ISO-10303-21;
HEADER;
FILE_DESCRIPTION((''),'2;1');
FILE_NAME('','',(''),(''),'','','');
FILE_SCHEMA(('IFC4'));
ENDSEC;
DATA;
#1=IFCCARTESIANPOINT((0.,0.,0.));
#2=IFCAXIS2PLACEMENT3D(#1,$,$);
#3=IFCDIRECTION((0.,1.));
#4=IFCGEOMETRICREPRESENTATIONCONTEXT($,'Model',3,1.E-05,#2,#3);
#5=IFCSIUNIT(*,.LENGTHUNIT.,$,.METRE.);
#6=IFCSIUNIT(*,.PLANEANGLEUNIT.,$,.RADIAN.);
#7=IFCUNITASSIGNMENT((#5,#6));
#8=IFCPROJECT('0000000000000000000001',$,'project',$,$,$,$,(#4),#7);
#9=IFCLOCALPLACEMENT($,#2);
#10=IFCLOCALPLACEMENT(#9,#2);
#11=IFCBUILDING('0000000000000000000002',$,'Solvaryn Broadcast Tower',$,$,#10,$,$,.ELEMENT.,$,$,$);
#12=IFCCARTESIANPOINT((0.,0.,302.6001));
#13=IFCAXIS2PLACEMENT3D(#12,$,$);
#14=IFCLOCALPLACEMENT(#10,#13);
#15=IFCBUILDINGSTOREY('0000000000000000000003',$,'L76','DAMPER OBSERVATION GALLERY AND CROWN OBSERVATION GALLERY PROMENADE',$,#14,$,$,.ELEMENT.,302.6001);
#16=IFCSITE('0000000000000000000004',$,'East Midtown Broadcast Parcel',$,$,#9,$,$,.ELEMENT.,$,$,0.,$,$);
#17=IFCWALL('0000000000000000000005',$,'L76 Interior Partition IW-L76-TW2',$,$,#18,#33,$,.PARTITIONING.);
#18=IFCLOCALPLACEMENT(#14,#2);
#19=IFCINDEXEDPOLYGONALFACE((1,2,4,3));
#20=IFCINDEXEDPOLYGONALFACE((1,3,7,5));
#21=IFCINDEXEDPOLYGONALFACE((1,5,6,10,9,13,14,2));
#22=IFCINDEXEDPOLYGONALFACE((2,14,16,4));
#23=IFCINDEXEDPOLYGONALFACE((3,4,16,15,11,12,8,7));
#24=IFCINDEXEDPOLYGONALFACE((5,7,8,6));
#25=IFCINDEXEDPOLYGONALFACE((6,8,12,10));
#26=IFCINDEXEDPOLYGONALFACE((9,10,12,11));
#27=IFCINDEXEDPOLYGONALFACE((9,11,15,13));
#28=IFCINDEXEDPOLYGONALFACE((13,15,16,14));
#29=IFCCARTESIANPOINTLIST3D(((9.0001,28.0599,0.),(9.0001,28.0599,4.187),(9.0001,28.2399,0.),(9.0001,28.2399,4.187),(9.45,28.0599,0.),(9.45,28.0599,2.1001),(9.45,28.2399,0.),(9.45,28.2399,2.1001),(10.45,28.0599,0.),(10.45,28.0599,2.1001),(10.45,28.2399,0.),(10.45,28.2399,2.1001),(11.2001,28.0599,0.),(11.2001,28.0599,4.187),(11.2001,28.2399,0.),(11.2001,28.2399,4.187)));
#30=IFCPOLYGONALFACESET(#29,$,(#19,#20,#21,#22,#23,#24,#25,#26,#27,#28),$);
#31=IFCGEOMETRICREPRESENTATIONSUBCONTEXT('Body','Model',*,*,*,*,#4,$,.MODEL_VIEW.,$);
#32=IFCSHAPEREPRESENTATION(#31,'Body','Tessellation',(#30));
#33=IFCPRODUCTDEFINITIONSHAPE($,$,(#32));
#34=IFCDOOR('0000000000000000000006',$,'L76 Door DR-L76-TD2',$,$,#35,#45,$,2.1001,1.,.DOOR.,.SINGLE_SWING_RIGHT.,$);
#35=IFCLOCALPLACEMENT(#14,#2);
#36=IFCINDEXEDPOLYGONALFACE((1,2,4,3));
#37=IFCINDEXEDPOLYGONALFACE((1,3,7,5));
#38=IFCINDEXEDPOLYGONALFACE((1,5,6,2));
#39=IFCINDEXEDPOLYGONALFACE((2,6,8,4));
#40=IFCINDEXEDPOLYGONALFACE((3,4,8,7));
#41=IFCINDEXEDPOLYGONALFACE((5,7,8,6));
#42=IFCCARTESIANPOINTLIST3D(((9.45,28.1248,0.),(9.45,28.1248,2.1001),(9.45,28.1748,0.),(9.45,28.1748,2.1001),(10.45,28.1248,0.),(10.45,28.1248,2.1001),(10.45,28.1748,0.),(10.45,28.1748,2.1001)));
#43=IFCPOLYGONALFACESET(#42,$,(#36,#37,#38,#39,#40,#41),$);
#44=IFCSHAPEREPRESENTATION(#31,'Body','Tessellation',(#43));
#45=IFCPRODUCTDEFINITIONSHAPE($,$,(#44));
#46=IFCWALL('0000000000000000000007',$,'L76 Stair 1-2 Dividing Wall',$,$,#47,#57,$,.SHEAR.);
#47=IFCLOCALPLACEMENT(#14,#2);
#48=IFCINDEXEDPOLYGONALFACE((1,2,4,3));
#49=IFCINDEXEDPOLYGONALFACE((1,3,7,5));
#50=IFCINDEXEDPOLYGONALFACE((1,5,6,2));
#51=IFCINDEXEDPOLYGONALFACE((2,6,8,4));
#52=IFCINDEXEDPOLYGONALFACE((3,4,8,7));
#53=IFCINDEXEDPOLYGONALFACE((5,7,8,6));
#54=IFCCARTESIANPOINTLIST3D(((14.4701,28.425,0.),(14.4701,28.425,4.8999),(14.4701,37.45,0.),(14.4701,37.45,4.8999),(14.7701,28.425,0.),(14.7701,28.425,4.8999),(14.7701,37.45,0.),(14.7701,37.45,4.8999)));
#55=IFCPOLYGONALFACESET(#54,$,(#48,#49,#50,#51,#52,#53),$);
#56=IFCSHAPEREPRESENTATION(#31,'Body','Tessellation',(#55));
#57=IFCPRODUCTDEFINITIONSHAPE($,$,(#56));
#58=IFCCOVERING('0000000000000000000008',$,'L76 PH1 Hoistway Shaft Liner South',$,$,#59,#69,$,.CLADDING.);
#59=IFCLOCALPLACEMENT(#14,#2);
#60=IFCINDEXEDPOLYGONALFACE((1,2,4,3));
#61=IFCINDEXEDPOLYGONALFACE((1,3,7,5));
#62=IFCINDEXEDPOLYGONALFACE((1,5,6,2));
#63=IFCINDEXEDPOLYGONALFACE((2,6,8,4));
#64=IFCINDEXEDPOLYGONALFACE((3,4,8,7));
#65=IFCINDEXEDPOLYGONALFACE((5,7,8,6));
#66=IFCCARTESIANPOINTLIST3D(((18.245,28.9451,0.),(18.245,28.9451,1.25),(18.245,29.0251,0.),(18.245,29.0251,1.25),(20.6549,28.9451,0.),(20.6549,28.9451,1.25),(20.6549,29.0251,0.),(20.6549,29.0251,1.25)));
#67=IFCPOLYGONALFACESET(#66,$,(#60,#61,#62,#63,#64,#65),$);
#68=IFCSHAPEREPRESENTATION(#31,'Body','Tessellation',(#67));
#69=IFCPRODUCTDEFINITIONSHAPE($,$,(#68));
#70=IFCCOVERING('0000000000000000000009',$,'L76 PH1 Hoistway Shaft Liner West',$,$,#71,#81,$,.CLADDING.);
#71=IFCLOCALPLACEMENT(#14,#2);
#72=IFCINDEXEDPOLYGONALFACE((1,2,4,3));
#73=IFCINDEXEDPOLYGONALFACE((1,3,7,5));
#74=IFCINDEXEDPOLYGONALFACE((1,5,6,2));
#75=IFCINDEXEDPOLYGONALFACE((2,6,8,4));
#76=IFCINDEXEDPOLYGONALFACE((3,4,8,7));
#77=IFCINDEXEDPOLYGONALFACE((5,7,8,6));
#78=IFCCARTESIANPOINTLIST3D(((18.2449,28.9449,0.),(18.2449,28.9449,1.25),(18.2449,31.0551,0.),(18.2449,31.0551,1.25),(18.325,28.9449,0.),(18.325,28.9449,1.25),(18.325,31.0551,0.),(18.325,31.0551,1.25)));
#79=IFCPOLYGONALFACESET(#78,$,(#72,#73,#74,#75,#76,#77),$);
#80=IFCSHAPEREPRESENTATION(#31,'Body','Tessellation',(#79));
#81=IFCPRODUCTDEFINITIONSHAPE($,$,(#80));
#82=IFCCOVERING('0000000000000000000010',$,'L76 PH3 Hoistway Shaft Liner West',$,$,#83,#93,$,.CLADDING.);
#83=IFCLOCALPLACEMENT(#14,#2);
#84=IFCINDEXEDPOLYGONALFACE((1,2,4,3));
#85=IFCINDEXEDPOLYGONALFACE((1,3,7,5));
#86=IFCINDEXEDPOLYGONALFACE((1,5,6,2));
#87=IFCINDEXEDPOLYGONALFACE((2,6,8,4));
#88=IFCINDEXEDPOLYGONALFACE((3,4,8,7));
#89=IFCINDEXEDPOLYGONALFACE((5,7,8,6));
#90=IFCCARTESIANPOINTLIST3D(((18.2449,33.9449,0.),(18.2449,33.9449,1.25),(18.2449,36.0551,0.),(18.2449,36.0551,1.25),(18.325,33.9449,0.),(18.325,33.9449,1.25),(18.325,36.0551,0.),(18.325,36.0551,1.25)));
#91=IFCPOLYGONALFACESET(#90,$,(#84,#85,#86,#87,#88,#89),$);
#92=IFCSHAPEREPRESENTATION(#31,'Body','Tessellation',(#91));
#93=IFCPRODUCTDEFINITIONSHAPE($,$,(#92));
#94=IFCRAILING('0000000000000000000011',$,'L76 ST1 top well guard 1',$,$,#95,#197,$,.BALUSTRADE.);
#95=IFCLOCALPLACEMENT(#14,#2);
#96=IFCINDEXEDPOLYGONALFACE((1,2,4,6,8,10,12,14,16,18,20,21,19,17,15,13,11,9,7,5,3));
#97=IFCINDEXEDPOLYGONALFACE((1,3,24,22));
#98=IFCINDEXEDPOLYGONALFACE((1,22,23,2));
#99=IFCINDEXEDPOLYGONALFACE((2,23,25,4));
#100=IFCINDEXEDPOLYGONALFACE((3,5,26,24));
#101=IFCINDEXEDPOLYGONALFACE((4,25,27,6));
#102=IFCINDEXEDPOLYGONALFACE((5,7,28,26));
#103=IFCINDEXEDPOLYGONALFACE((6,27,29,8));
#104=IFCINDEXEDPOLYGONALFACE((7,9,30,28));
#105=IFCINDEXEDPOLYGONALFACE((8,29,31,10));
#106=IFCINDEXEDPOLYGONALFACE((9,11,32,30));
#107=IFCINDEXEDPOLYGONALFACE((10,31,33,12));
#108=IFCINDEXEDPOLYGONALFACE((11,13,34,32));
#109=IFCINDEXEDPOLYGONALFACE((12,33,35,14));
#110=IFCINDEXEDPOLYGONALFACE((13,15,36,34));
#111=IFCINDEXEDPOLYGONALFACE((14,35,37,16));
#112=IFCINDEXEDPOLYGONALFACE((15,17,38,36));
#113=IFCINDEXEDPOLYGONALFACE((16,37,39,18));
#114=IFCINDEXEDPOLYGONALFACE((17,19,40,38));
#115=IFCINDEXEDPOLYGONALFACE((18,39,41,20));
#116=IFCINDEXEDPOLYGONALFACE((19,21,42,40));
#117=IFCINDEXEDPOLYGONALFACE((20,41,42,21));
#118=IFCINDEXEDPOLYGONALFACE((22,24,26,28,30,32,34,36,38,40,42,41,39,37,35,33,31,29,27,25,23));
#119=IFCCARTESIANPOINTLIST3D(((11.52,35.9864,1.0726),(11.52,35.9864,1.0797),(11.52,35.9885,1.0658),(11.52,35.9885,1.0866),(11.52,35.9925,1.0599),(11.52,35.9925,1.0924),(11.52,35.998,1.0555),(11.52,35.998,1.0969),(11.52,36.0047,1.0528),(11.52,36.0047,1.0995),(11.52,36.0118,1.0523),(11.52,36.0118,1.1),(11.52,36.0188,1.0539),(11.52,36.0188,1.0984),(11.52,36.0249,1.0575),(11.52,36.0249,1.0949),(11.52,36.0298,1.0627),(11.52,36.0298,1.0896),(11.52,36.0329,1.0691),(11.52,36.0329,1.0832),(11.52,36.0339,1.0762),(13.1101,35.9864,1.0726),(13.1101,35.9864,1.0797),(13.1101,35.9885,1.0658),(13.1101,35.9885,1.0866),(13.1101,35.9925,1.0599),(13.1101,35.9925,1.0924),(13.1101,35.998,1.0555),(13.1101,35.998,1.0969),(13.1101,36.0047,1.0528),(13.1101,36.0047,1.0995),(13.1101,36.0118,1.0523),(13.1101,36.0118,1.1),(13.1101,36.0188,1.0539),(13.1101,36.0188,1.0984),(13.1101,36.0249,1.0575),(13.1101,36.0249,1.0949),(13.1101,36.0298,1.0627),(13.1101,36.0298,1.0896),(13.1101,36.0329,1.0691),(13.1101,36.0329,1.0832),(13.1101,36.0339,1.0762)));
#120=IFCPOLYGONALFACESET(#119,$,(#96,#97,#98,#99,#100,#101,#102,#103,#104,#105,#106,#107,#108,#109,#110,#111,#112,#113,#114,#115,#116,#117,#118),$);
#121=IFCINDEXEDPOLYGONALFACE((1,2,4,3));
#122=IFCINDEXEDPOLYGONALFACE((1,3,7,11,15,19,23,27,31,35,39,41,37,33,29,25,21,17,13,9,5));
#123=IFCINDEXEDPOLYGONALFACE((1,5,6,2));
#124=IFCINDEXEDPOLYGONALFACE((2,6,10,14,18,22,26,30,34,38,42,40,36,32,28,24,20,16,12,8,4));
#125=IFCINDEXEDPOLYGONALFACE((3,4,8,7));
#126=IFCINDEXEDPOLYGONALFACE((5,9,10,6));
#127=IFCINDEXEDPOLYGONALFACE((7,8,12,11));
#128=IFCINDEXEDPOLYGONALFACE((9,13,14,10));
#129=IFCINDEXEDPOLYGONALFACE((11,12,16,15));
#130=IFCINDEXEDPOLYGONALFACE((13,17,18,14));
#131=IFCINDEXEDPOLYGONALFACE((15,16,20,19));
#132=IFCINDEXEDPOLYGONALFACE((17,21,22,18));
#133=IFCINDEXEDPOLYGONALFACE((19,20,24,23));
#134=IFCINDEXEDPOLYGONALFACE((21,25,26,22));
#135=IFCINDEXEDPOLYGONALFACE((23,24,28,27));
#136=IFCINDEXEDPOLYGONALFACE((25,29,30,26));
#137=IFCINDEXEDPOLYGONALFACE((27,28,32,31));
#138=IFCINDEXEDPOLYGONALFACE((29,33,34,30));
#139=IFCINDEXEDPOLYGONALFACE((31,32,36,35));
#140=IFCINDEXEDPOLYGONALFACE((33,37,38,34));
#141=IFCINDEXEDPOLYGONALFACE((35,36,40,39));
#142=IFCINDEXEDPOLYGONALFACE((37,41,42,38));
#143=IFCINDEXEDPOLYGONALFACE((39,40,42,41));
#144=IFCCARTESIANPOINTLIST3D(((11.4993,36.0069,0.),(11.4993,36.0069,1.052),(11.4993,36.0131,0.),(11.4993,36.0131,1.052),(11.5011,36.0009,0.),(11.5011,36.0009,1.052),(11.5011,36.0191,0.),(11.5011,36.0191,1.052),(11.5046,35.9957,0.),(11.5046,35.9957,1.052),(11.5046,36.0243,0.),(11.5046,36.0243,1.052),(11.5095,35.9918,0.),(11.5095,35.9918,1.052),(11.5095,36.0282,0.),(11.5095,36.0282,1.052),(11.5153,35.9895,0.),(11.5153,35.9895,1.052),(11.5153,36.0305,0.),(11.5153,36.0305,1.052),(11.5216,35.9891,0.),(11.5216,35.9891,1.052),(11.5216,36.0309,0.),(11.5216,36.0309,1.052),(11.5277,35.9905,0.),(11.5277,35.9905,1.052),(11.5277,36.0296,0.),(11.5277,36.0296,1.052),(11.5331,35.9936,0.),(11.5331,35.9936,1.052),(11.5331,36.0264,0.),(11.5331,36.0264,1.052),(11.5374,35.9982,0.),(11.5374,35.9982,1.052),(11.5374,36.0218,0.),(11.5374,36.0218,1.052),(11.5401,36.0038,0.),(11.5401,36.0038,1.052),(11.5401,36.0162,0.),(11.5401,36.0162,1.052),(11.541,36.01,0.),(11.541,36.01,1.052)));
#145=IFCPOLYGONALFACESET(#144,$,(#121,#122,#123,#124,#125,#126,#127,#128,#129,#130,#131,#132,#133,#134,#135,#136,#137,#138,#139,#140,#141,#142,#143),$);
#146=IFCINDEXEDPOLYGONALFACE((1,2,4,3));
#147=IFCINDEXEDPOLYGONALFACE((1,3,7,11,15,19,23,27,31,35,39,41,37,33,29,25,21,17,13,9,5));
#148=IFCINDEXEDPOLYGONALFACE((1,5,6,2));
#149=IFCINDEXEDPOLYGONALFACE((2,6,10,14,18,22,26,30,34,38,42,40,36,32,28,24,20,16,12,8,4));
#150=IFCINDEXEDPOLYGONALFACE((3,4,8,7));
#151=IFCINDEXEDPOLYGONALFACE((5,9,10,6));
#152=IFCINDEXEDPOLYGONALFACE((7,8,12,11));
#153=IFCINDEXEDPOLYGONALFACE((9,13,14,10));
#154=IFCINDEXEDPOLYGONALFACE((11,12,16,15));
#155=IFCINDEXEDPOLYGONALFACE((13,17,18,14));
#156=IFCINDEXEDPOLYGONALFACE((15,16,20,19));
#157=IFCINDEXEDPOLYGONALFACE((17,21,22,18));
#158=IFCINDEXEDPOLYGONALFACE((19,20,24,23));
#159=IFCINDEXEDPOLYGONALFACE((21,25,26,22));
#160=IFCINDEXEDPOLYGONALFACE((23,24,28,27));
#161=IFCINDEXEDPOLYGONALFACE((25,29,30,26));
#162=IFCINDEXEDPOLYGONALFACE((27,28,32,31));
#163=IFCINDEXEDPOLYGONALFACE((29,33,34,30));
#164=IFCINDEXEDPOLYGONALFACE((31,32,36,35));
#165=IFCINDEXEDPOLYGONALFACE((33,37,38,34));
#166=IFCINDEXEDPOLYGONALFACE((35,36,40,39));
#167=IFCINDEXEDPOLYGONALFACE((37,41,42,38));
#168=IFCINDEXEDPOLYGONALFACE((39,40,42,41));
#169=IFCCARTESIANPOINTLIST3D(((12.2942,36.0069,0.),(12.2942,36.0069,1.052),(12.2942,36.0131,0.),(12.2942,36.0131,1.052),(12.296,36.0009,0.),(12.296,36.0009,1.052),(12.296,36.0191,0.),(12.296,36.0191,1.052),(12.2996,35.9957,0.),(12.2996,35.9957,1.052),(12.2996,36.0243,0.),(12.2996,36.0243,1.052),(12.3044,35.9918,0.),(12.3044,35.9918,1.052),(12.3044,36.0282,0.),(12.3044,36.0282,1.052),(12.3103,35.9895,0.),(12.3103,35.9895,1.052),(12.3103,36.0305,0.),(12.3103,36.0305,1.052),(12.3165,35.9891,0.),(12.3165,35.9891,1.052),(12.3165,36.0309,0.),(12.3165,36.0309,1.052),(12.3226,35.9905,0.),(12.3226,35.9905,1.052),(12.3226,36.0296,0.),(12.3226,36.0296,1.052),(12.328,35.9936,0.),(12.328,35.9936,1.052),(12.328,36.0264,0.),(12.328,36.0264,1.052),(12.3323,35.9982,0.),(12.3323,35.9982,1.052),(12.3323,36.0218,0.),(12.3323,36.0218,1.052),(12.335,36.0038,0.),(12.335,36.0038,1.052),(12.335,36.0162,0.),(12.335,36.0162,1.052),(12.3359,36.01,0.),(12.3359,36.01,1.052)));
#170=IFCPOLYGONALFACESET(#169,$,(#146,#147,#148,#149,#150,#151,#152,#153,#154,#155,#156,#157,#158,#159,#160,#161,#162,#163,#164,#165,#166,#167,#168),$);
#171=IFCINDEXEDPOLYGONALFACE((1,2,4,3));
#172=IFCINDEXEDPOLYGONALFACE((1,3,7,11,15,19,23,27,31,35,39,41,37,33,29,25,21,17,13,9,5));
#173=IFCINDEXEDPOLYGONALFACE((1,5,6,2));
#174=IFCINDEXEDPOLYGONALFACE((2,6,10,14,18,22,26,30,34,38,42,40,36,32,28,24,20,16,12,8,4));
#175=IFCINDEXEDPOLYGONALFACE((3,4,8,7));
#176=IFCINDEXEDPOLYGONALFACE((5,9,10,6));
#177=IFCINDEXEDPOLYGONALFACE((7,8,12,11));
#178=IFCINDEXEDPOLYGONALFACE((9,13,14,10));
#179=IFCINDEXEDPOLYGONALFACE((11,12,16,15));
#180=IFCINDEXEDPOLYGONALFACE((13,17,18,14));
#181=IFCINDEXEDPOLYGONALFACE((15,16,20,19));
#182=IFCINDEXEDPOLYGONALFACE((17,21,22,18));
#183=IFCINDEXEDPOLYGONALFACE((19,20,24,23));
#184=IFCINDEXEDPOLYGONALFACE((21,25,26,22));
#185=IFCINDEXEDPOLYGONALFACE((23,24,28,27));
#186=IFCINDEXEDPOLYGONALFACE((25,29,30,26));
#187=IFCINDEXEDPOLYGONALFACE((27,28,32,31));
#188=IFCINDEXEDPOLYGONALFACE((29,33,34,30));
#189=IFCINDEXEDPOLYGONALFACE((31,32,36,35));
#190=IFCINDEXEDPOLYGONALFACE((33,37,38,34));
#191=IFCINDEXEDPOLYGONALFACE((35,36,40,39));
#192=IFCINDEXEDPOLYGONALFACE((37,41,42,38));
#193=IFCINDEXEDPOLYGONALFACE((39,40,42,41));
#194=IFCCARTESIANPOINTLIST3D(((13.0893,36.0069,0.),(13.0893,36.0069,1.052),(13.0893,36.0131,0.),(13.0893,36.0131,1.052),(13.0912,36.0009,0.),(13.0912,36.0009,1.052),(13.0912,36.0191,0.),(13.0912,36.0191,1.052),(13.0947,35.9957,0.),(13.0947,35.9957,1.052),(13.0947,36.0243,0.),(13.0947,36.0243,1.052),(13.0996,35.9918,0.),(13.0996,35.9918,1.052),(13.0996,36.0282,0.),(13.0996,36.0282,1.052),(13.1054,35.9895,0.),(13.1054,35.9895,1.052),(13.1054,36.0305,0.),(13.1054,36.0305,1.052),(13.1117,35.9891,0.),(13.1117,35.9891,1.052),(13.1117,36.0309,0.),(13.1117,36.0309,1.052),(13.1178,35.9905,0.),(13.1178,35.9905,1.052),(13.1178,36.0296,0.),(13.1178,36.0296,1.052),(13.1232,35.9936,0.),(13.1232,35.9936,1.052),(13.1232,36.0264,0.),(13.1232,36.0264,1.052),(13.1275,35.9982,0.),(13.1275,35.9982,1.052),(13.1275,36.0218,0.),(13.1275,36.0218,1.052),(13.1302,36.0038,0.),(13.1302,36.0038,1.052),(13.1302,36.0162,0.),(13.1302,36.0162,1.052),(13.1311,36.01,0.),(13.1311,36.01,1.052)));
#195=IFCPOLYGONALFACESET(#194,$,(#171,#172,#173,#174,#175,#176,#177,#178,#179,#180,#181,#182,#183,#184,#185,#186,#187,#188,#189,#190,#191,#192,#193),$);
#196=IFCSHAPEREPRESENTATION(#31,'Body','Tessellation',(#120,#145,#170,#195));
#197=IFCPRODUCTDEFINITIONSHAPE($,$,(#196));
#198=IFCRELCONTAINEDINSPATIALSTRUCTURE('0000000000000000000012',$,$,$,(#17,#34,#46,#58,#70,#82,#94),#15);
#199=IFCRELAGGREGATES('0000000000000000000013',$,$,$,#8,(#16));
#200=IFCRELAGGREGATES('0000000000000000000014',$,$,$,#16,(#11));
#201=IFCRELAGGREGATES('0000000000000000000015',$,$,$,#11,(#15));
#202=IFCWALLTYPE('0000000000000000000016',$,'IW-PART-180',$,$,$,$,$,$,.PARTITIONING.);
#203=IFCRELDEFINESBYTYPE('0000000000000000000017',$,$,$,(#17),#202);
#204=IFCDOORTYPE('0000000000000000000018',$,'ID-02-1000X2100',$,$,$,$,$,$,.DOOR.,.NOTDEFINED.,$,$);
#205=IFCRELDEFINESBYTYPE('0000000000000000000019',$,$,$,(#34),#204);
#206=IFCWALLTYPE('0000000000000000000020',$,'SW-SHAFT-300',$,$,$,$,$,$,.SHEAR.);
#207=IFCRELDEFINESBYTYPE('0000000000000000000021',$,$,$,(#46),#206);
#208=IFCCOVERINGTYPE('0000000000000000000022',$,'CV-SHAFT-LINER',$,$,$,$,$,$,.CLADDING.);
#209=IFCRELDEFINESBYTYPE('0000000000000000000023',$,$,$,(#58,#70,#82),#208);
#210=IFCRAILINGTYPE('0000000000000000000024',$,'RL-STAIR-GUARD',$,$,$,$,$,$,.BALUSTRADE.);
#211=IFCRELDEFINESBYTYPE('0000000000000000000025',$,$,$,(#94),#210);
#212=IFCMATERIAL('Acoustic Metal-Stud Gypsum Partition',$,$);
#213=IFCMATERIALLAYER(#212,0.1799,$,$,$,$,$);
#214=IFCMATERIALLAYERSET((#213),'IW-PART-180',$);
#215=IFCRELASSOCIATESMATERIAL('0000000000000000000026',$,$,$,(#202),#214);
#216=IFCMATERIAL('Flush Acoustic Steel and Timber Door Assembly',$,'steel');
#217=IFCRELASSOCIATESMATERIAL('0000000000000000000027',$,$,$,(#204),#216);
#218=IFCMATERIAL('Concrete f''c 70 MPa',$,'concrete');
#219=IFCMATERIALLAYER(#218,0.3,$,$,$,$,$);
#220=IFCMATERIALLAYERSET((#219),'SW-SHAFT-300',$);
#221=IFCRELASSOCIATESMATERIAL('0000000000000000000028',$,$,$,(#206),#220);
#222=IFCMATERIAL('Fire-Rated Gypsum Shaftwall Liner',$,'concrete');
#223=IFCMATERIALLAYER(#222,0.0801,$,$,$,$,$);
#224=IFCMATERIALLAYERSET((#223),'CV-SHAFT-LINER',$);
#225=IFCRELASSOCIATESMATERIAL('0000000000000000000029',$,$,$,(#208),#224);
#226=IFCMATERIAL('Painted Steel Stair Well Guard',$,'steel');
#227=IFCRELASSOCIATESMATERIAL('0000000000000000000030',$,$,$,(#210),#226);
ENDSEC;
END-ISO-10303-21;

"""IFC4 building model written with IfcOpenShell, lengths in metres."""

from ifc_helpers import new_model, si_unit, direction, frame, frame_2d, origin, origin_2d, place, context, subcontext, project, spatial, rectangle, circle, extrude, material, layer, layer_set, type_object, element, fill, save


model = new_model("IFC4")

# Units and contexts
model_context = context("Model", 3, precision=1e-05, world=origin(), true_north=direction((0.0, 1.0)))
body_context = subcontext(model_context, "Body", "Model", "MODEL_VIEW")
ifc_project = project(units=[si_unit("LENGTHUNIT", "METRE"), si_unit("PLANEANGLEUNIT", "RADIAN")], contexts=[model_context])

# Site, building, storey
site_placement = place(None, origin())
site = spatial("IfcSite", under=ifc_project, at=site_placement, Name="East Midtown Broadcast Parcel", CompositionType="ELEMENT", RefElevation=0.0)
building_placement = place(site_placement, origin())
building = spatial("IfcBuilding", under=site, at=building_placement, Name="Solvaryn Broadcast Tower", CompositionType="ELEMENT")
storey_placement = place(building_placement, frame((0.0, 0.0, 302.6001)))
storey = spatial("IfcBuildingStorey", under=building, at=storey_placement, Name="L76", Description="DAMPER OBSERVATION GALLERY AND CROWN OBSERVATION GALLERY PROMENADE", CompositionType="ELEMENT", Elevation=302.6001)

# Wall, opening, door
ifc_material_1 = material(Name="Acoustic Metal-Stud Gypsum Partition")
ifc_layer_1 = layer(ifc_material_1, 0.1799)
ifc_layer_set_1 = layer_set([ifc_layer_1], Name="IW-PART-180")
wall_type_1 = type_object("IfcWallType", Name="IW-PART-180", PredefinedType="PARTITIONING", material=ifc_layer_set_1)
wall_1_placement = place(storey_placement, frame((9.0, 28.1499, 0.0), z_axis=(0.0, 0.0, 1.0), x_axis=(1.0, 0.0, 0.0)))
wall_1 = element("IfcWall", 1, at=wall_1_placement, inside=storey, type_object=wall_type_1, Name="L76 Interior Partition IW-L76-TW2", PredefinedType="PARTITIONING", context=body_context, shape_type="SweptSolid", body=[
    extrude(rectangle(XDim=2.2, YDim=0.1799, at=frame_2d((1.1001, 0.0))), origin(), (0.0, 0.0, 1.0), 4.187),
])
opening_1_placement = place(wall_1_placement, frame((0.45, 0.0, 0.0)))
opening_1 = element("IfcOpeningElement", 2, at=opening_1_placement, cuts=wall_1, PredefinedType="OPENING", context=body_context, shape_type="SweptSolid", body=[
    extrude(rectangle(XDim=1.0, YDim=2.1001, at=frame_2d((0.5, 1.05))), frame((0.0, 0.0999, 0.0), z_axis=(0.0, -1.0, 0.0), x_axis=(1.0, 0.0, 0.0)), (0.0, 0.0, 1.0), 0.2),
])
ifc_material_2 = material(Name="Flush Acoustic Steel and Timber Door Assembly", Category="steel")
door_type_1 = type_object("IfcDoorType", Name="ID-02-1000X2100", OperationType="NOTDEFINED", PredefinedType="DOOR", material=ifc_material_2)
door_1_placement = place(opening_1_placement, origin())
door_1 = element("IfcDoor", 3, at=door_1_placement, inside=storey, type_object=door_type_1, Name="L76 Door DR-L76-TD2", OperationType="SINGLE_SWING_RIGHT", OverallHeight=2.1001, OverallWidth=1.0, PredefinedType="DOOR", context=body_context, shape_type="SweptSolid", body=[
    extrude(rectangle(XDim=1.0, YDim=2.1001, at=frame_2d((0.5, 1.05))), frame((0.0, 0.0249, 0.0), z_axis=(0.0, -1.0, 0.0), x_axis=(1.0, 0.0, 0.0)), (0.0, 0.0, 1.0), 0.05),
])
fill(opening_1, door_1)

# Wall
ifc_material_3 = material(Name="Concrete f'c 70 MPa", Category="concrete")
ifc_layer_2 = layer(ifc_material_3, 0.3)
ifc_layer_set_2 = layer_set([ifc_layer_2], Name="SW-SHAFT-300")
wall_type_2 = type_object("IfcWallType", Name="SW-SHAFT-300", PredefinedType="SHEAR", material=ifc_layer_set_2)
wall_2_placement = place(storey_placement, frame((14.6201, 28.425, 0.0), z_axis=(0.0, 0.0, 1.0), x_axis=(0.0, 1.0, 0.0)))
element("IfcWall", 4, at=wall_2_placement, inside=storey, type_object=wall_type_2, Name="L76 Stair 1-2 Dividing Wall", PredefinedType="SHEAR", context=body_context, shape_type="SweptSolid", body=[
    extrude(rectangle(XDim=9.0249, YDim=0.3, at=frame_2d((4.5125, 0.0))), origin(), (0.0, 0.0, 1.0), 4.8999),
])

# Coverings
ifc_material_4 = material(Name="Fire-Rated Gypsum Shaftwall Liner", Category="concrete")
ifc_layer_3 = layer(ifc_material_4, 0.0801)
ifc_layer_set_3 = layer_set([ifc_layer_3], Name="CV-SHAFT-LINER")
covering_type = type_object("IfcCoveringType", Name="CV-SHAFT-LINER", PredefinedType="CLADDING", material=ifc_layer_set_3)
covering_placement = place(storey_placement, frame((19.45, 28.9851, 0.0), z_axis=(0.0, 0.0, 1.0), x_axis=(1.0, 0.0, 0.0)))
element("IfcCovering", 5, at=covering_placement, inside=storey, type_object=covering_type, Name="L76 PH1 Hoistway Shaft Liner South", PredefinedType="CLADDING", context=body_context, shape_type="SweptSolid", body=[
    extrude(rectangle(XDim=2.4099, YDim=0.0801, at=origin_2d()), origin(), (0.0, 0.0, 1.0), 1.25),
])
for number, where, z_axis, x_axis, name in (
    (6, (18.2849, 30.0, 0.0), (0.0, 0.0, 1.0), (1.0, 0.0, 0.0), "L76 PH1 Hoistway Shaft Liner West"),
    (7, (18.2849, 35.0, 0.0), (0.0, 0.0, 1.0), (1.0, 0.0, 0.0), "L76 PH3 Hoistway Shaft Liner West"),
):
    element("IfcCovering", number, at=place(storey_placement, frame(where, z_axis=z_axis, x_axis=x_axis)), inside=storey, type_object=covering_type, Name=name, PredefinedType="CLADDING", context=body_context, shape_type="SweptSolid", body=[
        extrude(rectangle(XDim=0.0801, YDim=2.1101, at=origin_2d()), origin(), (0.0, 0.0, 1.0), 1.25),
    ])

# Railing
ifc_material_5 = material(Name="Painted Steel Stair Well Guard", Category="steel")
railing_type = type_object("IfcRailingType", Name="RL-STAIR-GUARD", PredefinedType="BALUSTRADE", material=ifc_material_5)
railing_1_placement = place(storey_placement, frame((11.52, 36.01, 0.0)))
element("IfcRailing", 8, at=railing_1_placement, inside=storey, type_object=railing_type, Name="L76 ST1 top well guard 1", PredefinedType="BALUSTRADE", context=body_context, shape_type="SweptSolid", body=[
    extrude(circle(Radius=0.0239, at=origin_2d()), frame((0.0, 0.0, 1.0762), z_axis=(1.0, 0.0, 0.0), x_axis=(0.0, 1.0, 0.0)), (0.0, 0.0, 1.0), 1.5901),
    extrude(circle(Radius=0.021, at=origin_2d()), origin(), (0.0, 0.0, 1.0), 1.052),
    extrude(circle(Radius=0.021, at=origin_2d()), frame((0.7949, 0.0, 0.0)), (0.0, 0.0, 1.0), 1.052),
    extrude(circle(Radius=0.021, at=origin_2d()), frame((1.5901, 0.0, 0.0)), (0.0, 0.0, 1.0), 1.052),
])

save(model, "model.ifc")
